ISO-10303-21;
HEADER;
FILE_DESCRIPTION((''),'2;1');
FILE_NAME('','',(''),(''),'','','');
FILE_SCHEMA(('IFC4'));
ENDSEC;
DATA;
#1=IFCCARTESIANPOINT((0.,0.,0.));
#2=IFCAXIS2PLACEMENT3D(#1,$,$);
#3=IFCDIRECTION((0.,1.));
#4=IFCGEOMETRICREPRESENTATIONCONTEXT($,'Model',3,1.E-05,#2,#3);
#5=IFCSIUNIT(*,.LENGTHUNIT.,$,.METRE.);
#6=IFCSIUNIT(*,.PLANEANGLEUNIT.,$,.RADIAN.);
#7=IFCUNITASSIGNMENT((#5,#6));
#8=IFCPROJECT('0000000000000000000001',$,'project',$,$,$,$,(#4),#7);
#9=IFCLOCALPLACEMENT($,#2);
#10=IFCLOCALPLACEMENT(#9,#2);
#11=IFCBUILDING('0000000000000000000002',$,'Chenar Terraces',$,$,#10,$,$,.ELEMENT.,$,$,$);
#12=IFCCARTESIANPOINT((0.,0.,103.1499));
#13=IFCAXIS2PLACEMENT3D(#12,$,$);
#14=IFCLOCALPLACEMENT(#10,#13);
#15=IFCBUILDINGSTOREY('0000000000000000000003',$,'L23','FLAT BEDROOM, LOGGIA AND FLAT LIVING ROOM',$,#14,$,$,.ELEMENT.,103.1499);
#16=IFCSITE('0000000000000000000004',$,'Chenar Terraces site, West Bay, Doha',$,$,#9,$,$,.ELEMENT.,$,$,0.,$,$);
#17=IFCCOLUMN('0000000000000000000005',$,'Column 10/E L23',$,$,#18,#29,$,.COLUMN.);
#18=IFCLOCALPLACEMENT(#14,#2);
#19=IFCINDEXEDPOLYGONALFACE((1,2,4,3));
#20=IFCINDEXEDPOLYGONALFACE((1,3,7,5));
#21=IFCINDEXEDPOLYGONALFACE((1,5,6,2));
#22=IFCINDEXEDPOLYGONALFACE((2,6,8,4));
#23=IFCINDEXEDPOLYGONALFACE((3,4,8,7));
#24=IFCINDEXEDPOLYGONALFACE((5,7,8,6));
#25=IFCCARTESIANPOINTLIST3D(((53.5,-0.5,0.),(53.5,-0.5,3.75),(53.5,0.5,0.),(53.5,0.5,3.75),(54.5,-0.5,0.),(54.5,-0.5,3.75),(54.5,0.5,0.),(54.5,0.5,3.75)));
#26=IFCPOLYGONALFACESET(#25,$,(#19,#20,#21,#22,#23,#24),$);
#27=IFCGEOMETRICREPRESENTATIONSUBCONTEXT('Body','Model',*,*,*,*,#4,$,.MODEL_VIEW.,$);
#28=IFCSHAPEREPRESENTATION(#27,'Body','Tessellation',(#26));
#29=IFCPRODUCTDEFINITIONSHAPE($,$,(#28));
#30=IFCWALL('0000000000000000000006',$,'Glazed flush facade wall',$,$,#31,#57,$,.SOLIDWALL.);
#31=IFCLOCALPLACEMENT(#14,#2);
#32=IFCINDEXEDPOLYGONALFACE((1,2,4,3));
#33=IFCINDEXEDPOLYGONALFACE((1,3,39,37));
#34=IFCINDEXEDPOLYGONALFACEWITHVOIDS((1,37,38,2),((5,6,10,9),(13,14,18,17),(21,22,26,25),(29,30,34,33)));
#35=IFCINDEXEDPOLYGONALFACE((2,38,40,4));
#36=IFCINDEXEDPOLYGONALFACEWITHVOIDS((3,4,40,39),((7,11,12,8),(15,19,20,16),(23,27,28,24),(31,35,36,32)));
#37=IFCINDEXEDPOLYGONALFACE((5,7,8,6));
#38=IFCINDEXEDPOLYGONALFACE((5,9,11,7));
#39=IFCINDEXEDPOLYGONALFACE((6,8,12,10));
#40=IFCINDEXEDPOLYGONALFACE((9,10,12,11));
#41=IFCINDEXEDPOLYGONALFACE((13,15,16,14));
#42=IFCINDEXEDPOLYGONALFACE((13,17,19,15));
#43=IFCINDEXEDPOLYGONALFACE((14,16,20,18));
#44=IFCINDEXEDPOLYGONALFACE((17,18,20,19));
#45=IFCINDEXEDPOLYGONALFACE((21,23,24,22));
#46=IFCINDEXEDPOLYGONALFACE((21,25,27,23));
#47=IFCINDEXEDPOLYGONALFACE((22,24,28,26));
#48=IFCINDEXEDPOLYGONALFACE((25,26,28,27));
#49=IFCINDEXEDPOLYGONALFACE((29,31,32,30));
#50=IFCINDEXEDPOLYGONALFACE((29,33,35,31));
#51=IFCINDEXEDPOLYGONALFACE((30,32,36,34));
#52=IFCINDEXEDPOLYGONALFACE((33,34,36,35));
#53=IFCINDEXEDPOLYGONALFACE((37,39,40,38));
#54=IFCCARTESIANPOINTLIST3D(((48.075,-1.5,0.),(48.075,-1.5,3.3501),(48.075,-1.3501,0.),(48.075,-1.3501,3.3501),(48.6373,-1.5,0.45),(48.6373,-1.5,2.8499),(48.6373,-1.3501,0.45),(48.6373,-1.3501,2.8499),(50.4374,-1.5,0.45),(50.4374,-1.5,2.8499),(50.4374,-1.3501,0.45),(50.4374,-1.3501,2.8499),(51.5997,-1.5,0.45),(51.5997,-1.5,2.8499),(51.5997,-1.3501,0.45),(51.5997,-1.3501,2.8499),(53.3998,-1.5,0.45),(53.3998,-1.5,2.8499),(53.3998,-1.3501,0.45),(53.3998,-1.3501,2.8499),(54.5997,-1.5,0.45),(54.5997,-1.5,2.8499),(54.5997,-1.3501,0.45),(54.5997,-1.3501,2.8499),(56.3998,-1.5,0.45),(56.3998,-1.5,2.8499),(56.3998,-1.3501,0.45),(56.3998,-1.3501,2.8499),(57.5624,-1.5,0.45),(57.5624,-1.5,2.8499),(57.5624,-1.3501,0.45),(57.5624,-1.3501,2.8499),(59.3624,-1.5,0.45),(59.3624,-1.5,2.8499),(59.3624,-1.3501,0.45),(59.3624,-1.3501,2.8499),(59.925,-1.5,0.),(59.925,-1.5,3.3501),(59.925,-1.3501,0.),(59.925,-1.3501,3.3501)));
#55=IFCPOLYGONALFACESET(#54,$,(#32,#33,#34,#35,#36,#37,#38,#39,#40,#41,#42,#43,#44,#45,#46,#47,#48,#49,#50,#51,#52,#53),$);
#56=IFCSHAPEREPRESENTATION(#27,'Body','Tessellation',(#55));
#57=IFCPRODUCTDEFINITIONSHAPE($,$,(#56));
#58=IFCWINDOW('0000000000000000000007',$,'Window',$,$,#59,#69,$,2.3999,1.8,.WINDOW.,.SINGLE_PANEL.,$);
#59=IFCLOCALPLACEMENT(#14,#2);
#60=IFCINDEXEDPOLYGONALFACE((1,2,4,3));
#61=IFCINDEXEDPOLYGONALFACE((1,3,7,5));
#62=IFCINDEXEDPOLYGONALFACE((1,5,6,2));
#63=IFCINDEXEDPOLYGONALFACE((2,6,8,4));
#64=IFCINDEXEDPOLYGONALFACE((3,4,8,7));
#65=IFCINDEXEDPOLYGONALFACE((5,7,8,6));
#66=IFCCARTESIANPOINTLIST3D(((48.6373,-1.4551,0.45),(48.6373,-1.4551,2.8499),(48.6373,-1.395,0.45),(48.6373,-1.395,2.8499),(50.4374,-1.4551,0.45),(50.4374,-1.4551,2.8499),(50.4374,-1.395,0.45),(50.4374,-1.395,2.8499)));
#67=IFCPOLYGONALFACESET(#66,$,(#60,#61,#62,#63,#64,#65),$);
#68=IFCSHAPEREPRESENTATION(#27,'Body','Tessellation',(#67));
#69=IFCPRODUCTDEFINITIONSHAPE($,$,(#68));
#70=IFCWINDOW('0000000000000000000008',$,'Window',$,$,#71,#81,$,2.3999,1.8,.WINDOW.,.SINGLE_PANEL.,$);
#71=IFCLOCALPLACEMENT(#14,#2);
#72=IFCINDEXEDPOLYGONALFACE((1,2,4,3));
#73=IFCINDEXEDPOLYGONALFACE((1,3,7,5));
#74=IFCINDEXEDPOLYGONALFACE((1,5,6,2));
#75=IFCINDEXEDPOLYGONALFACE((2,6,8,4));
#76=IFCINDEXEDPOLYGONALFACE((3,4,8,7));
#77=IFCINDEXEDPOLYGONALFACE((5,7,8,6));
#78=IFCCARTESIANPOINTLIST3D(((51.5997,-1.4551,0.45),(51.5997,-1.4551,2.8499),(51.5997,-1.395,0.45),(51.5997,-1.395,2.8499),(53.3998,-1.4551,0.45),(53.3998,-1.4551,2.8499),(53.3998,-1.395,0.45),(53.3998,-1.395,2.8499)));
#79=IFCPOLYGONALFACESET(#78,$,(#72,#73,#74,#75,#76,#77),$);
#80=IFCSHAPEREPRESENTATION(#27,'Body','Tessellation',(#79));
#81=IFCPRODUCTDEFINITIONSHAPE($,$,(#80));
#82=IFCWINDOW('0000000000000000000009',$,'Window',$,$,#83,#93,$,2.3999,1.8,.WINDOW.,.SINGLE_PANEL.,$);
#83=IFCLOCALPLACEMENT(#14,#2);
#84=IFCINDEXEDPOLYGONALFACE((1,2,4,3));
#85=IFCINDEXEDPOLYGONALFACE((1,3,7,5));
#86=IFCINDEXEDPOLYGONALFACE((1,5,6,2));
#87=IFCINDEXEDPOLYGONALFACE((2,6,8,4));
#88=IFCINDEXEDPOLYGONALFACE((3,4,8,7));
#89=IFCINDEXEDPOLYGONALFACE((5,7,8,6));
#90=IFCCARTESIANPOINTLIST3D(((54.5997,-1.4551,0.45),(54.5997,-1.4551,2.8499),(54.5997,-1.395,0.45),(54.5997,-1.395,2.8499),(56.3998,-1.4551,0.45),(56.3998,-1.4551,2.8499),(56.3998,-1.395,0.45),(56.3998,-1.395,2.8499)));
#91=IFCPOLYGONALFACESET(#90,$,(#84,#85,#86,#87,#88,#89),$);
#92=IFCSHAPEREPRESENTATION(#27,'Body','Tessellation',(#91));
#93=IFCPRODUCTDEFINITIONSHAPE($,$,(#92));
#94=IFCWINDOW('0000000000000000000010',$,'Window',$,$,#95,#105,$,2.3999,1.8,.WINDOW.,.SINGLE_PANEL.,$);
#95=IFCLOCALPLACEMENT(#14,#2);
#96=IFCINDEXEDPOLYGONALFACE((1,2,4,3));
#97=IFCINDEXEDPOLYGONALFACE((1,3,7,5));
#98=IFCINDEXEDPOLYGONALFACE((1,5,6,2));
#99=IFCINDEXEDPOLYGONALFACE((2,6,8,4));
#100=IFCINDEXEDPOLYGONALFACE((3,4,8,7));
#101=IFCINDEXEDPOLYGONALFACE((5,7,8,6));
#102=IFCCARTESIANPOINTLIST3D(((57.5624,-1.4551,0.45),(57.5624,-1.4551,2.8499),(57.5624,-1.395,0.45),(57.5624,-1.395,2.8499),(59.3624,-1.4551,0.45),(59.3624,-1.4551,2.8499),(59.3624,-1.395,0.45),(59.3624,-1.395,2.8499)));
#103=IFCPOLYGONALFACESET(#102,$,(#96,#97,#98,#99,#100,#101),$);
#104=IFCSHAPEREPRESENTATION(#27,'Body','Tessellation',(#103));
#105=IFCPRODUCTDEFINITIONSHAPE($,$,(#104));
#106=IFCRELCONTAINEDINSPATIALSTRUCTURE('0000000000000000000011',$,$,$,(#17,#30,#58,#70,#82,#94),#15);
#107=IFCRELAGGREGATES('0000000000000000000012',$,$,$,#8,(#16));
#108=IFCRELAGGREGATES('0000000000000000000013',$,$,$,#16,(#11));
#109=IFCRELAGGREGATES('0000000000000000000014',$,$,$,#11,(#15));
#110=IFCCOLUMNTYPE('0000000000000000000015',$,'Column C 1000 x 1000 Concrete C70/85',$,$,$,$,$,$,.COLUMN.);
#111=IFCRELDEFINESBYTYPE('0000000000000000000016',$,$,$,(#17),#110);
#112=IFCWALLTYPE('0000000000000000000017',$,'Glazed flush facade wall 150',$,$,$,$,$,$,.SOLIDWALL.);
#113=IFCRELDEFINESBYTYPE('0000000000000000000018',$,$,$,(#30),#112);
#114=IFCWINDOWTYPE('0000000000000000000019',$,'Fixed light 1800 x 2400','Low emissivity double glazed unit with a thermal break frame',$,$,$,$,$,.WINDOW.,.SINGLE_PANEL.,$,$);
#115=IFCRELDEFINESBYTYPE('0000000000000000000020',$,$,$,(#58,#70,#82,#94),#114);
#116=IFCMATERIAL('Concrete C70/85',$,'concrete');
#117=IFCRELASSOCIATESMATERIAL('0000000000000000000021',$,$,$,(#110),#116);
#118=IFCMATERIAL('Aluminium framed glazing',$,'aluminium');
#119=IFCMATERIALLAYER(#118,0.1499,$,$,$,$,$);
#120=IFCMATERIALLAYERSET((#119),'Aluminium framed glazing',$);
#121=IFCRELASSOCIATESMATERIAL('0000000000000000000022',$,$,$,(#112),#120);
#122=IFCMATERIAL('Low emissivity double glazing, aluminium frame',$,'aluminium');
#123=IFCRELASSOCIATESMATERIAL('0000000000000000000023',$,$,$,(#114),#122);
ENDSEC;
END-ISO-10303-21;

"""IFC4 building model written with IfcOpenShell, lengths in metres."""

from ifc_helpers import new_model, si_unit, direction, frame, frame_2d, origin, origin_2d, place, context, subcontext, project, spatial, rectangle, extrude, material, layer, layer_set, material_profile, profile_set, type_object, element, fill, save


model = new_model("IFC4")

# Units and contexts
model_context = context("Model", 3, precision=1e-05, world=origin(), true_north=direction((0.0, 1.0)))
body_context = subcontext(model_context, "Body", "Model", "MODEL_VIEW")
ifc_project = project(units=[si_unit("LENGTHUNIT", "METRE"), si_unit("PLANEANGLEUNIT", "RADIAN")], contexts=[model_context])

# Site, building, storey
site_placement = place(None, origin())
site = spatial("IfcSite", under=ifc_project, at=site_placement, Name="Chenar Terraces site, West Bay, Doha", CompositionType="ELEMENT", RefElevation=0.0)
building_placement = place(site_placement, origin())
building = spatial("IfcBuilding", under=site, at=building_placement, Name="Chenar Terraces", CompositionType="ELEMENT")
storey_placement = place(building_placement, frame((0.0, 0.0, 103.1499)))
storey = spatial("IfcBuildingStorey", under=building, at=storey_placement, Name="L23", Description="FLAT BEDROOM, LOGGIA AND FLAT LIVING ROOM", CompositionType="ELEMENT", Elevation=103.1499)

# Column
ifc_material_1 = material(Name="Concrete C70/85", Category="concrete")
ifc_material_profile = material_profile(ifc_material_1, rectangle(XDim=1.0, YDim=1.0, at=origin_2d()), Name="C 1000 x 1000")
ifc_profile_set = profile_set([ifc_material_profile], Name="Concrete C70/85")
column_type = type_object("IfcColumnType", Name="Column C 1000 x 1000 Concrete C70/85", PredefinedType="COLUMN", material=ifc_profile_set)
column_placement = place(storey_placement, frame((54.0, 0.0, 0.0), z_axis=(0.0, 0.0, 1.0), x_axis=(1.0, 0.0, 0.0)))
element("IfcColumn", 1, at=column_placement, inside=storey, type_object=column_type, Name="Column 10/E L23", PredefinedType="COLUMN", context=body_context, shape_type="SweptSolid", body=[
    extrude(rectangle(XDim=1.0, YDim=1.0, at=origin_2d()), origin(), (0.0, 0.0, 1.0), 3.75),
])

# Wall, openings, windows
ifc_material_2 = material(Name="Aluminium framed glazing", Category="aluminium")
ifc_layer_1 = layer(ifc_material_2, 0.1499)
ifc_layer_set_1 = layer_set([ifc_layer_1], Name="Aluminium framed glazing")
wall_type_1 = type_object("IfcWallType", Name="Glazed flush facade wall 150", PredefinedType="SOLIDWALL", material=ifc_layer_set_1)
wall_1_placement = place(storey_placement, frame((48.075, -1.425, 0.0), z_axis=(0.0, 0.0, 1.0), x_axis=(1.0, 0.0, 0.0)))
wall_1 = element("IfcWall", 2, at=wall_1_placement, inside=storey, type_object=wall_type_1, Name="Glazed flush facade wall", PredefinedType="SOLIDWALL", context=body_context, shape_type="SweptSolid", body=[
    extrude(rectangle(XDim=11.8501, YDim=0.1499, at=frame_2d((5.925, 0.0))), origin(), (0.0, 0.0, 1.0), 3.3501),
])
opening_1_placement = place(wall_1_placement, frame((0.5625, 0.0, 0.45)))
opening_1 = element("IfcOpeningElement", 3, at=opening_1_placement, cuts=wall_1, PredefinedType="OPENING", context=body_context, shape_type="SweptSolid", body=[
    extrude(rectangle(XDim=1.8, YDim=2.3999, at=frame_2d((0.8999, 1.2))), frame((0.0, 0.085, 0.0), z_axis=(0.0, -1.0, 0.0), x_axis=(1.0, 0.0, 0.0)), (0.0, 0.0, 1.0), 0.1699),
])
opening_2_placement = place(wall_1_placement, frame((3.5249, 0.0, 0.45)))
opening_2 = element("IfcOpeningElement", 4, at=opening_2_placement, cuts=wall_1, PredefinedType="OPENING", context=body_context, shape_type="SweptSolid", body=[
    extrude(rectangle(XDim=1.8, YDim=2.3999, at=frame_2d((0.8999, 1.2))), frame((0.0, 0.085, 0.0), z_axis=(0.0, -1.0, 0.0), x_axis=(1.0, 0.0, 0.0)), (0.0, 0.0, 1.0), 0.1699),
])
opening_3_placement = place(wall_1_placement, frame((6.5249, 0.0, 0.45)))
opening_3 = element("IfcOpeningElement", 5, at=opening_3_placement, cuts=wall_1, PredefinedType="OPENING", context=body_context, shape_type="SweptSolid", body=[
    extrude(rectangle(XDim=1.8, YDim=2.3999, at=frame_2d((0.8999, 1.2))), frame((0.0, 0.085, 0.0), z_axis=(0.0, -1.0, 0.0), x_axis=(1.0, 0.0, 0.0)), (0.0, 0.0, 1.0), 0.1699),
])
opening_4_placement = place(wall_1_placement, frame((9.4875, 0.0, 0.45)))
opening_4 = element("IfcOpeningElement", 6, at=opening_4_placement, cuts=wall_1, PredefinedType="OPENING", context=body_context, shape_type="SweptSolid", body=[
    extrude(rectangle(XDim=1.8, YDim=2.3999, at=frame_2d((0.8999, 1.2))), frame((0.0, 0.085, 0.0), z_axis=(0.0, -1.0, 0.0), x_axis=(1.0, 0.0, 0.0)), (0.0, 0.0, 1.0), 0.1699),
])
ifc_material_3 = material(Name="Low emissivity double glazing, aluminium frame", Category="aluminium")
window_type_1 = type_object("IfcWindowType", Name="Fixed light 1800 x 2400", Description="Low emissivity double glazed unit with a thermal break frame", PartitioningType="SINGLE_PANEL", PredefinedType="WINDOW", material=ifc_material_3)
window_1_placement = place(opening_1_placement, origin())
window_1 = element("IfcWindow", 7, at=window_1_placement, inside=storey, type_object=window_type_1, Name="Window", OverallHeight=2.3999, OverallWidth=1.8, PartitioningType="SINGLE_PANEL", PredefinedType="WINDOW", context=body_context, shape_type="SweptSolid", body=[
    extrude(rectangle(XDim=1.8, YDim=2.3999, at=frame_2d((0.8999, 1.2))), frame((0.0, 0.03, 0.0), z_axis=(0.0, -1.0, 0.0), x_axis=(1.0, 0.0, 0.0)), (0.0, 0.0, 1.0), 0.0601),
])
fill(opening_1, window_1)
window_2_placement = place(opening_2_placement, origin())
window_2 = element("IfcWindow", 8, at=window_2_placement, inside=storey, type_object=window_type_1, Name="Window", OverallHeight=2.3999, OverallWidth=1.8, PartitioningType="SINGLE_PANEL", PredefinedType="WINDOW", context=body_context, shape_type="SweptSolid", body=[
    extrude(rectangle(XDim=1.8, YDim=2.3999, at=frame_2d((0.8999, 1.2))), frame((0.0, 0.03, 0.0), z_axis=(0.0, -1.0, 0.0), x_axis=(1.0, 0.0, 0.0)), (0.0, 0.0, 1.0), 0.0601),
])
fill(opening_2, window_2)
window_3_placement = place(opening_3_placement, origin())
window_3 = element("IfcWindow", 9, at=window_3_placement, inside=storey, type_object=window_type_1, Name="Window", OverallHeight=2.3999, OverallWidth=1.8, PartitioningType="SINGLE_PANEL", PredefinedType="WINDOW", context=body_context, shape_type="SweptSolid", body=[
    extrude(rectangle(XDim=1.8, YDim=2.3999, at=frame_2d((0.8999, 1.2))), frame((0.0, 0.03, 0.0), z_axis=(0.0, -1.0, 0.0), x_axis=(1.0, 0.0, 0.0)), (0.0, 0.0, 1.0), 0.0601),
])
fill(opening_3, window_3)
window_4_placement = place(opening_4_placement, origin())
window_4 = element("IfcWindow", 10, at=window_4_placement, inside=storey, type_object=window_type_1, Name="Window", OverallHeight=2.3999, OverallWidth=1.8, PartitioningType="SINGLE_PANEL", PredefinedType="WINDOW", context=body_context, shape_type="SweptSolid", body=[
    extrude(rectangle(XDim=1.8, YDim=2.3999, at=frame_2d((0.8999, 1.2))), frame((0.0, 0.03, 0.0), z_axis=(0.0, -1.0, 0.0), x_axis=(1.0, 0.0, 0.0)), (0.0, 0.0, 1.0), 0.0601),
])
fill(opening_4, window_4)

save(model, "model.ifc")
